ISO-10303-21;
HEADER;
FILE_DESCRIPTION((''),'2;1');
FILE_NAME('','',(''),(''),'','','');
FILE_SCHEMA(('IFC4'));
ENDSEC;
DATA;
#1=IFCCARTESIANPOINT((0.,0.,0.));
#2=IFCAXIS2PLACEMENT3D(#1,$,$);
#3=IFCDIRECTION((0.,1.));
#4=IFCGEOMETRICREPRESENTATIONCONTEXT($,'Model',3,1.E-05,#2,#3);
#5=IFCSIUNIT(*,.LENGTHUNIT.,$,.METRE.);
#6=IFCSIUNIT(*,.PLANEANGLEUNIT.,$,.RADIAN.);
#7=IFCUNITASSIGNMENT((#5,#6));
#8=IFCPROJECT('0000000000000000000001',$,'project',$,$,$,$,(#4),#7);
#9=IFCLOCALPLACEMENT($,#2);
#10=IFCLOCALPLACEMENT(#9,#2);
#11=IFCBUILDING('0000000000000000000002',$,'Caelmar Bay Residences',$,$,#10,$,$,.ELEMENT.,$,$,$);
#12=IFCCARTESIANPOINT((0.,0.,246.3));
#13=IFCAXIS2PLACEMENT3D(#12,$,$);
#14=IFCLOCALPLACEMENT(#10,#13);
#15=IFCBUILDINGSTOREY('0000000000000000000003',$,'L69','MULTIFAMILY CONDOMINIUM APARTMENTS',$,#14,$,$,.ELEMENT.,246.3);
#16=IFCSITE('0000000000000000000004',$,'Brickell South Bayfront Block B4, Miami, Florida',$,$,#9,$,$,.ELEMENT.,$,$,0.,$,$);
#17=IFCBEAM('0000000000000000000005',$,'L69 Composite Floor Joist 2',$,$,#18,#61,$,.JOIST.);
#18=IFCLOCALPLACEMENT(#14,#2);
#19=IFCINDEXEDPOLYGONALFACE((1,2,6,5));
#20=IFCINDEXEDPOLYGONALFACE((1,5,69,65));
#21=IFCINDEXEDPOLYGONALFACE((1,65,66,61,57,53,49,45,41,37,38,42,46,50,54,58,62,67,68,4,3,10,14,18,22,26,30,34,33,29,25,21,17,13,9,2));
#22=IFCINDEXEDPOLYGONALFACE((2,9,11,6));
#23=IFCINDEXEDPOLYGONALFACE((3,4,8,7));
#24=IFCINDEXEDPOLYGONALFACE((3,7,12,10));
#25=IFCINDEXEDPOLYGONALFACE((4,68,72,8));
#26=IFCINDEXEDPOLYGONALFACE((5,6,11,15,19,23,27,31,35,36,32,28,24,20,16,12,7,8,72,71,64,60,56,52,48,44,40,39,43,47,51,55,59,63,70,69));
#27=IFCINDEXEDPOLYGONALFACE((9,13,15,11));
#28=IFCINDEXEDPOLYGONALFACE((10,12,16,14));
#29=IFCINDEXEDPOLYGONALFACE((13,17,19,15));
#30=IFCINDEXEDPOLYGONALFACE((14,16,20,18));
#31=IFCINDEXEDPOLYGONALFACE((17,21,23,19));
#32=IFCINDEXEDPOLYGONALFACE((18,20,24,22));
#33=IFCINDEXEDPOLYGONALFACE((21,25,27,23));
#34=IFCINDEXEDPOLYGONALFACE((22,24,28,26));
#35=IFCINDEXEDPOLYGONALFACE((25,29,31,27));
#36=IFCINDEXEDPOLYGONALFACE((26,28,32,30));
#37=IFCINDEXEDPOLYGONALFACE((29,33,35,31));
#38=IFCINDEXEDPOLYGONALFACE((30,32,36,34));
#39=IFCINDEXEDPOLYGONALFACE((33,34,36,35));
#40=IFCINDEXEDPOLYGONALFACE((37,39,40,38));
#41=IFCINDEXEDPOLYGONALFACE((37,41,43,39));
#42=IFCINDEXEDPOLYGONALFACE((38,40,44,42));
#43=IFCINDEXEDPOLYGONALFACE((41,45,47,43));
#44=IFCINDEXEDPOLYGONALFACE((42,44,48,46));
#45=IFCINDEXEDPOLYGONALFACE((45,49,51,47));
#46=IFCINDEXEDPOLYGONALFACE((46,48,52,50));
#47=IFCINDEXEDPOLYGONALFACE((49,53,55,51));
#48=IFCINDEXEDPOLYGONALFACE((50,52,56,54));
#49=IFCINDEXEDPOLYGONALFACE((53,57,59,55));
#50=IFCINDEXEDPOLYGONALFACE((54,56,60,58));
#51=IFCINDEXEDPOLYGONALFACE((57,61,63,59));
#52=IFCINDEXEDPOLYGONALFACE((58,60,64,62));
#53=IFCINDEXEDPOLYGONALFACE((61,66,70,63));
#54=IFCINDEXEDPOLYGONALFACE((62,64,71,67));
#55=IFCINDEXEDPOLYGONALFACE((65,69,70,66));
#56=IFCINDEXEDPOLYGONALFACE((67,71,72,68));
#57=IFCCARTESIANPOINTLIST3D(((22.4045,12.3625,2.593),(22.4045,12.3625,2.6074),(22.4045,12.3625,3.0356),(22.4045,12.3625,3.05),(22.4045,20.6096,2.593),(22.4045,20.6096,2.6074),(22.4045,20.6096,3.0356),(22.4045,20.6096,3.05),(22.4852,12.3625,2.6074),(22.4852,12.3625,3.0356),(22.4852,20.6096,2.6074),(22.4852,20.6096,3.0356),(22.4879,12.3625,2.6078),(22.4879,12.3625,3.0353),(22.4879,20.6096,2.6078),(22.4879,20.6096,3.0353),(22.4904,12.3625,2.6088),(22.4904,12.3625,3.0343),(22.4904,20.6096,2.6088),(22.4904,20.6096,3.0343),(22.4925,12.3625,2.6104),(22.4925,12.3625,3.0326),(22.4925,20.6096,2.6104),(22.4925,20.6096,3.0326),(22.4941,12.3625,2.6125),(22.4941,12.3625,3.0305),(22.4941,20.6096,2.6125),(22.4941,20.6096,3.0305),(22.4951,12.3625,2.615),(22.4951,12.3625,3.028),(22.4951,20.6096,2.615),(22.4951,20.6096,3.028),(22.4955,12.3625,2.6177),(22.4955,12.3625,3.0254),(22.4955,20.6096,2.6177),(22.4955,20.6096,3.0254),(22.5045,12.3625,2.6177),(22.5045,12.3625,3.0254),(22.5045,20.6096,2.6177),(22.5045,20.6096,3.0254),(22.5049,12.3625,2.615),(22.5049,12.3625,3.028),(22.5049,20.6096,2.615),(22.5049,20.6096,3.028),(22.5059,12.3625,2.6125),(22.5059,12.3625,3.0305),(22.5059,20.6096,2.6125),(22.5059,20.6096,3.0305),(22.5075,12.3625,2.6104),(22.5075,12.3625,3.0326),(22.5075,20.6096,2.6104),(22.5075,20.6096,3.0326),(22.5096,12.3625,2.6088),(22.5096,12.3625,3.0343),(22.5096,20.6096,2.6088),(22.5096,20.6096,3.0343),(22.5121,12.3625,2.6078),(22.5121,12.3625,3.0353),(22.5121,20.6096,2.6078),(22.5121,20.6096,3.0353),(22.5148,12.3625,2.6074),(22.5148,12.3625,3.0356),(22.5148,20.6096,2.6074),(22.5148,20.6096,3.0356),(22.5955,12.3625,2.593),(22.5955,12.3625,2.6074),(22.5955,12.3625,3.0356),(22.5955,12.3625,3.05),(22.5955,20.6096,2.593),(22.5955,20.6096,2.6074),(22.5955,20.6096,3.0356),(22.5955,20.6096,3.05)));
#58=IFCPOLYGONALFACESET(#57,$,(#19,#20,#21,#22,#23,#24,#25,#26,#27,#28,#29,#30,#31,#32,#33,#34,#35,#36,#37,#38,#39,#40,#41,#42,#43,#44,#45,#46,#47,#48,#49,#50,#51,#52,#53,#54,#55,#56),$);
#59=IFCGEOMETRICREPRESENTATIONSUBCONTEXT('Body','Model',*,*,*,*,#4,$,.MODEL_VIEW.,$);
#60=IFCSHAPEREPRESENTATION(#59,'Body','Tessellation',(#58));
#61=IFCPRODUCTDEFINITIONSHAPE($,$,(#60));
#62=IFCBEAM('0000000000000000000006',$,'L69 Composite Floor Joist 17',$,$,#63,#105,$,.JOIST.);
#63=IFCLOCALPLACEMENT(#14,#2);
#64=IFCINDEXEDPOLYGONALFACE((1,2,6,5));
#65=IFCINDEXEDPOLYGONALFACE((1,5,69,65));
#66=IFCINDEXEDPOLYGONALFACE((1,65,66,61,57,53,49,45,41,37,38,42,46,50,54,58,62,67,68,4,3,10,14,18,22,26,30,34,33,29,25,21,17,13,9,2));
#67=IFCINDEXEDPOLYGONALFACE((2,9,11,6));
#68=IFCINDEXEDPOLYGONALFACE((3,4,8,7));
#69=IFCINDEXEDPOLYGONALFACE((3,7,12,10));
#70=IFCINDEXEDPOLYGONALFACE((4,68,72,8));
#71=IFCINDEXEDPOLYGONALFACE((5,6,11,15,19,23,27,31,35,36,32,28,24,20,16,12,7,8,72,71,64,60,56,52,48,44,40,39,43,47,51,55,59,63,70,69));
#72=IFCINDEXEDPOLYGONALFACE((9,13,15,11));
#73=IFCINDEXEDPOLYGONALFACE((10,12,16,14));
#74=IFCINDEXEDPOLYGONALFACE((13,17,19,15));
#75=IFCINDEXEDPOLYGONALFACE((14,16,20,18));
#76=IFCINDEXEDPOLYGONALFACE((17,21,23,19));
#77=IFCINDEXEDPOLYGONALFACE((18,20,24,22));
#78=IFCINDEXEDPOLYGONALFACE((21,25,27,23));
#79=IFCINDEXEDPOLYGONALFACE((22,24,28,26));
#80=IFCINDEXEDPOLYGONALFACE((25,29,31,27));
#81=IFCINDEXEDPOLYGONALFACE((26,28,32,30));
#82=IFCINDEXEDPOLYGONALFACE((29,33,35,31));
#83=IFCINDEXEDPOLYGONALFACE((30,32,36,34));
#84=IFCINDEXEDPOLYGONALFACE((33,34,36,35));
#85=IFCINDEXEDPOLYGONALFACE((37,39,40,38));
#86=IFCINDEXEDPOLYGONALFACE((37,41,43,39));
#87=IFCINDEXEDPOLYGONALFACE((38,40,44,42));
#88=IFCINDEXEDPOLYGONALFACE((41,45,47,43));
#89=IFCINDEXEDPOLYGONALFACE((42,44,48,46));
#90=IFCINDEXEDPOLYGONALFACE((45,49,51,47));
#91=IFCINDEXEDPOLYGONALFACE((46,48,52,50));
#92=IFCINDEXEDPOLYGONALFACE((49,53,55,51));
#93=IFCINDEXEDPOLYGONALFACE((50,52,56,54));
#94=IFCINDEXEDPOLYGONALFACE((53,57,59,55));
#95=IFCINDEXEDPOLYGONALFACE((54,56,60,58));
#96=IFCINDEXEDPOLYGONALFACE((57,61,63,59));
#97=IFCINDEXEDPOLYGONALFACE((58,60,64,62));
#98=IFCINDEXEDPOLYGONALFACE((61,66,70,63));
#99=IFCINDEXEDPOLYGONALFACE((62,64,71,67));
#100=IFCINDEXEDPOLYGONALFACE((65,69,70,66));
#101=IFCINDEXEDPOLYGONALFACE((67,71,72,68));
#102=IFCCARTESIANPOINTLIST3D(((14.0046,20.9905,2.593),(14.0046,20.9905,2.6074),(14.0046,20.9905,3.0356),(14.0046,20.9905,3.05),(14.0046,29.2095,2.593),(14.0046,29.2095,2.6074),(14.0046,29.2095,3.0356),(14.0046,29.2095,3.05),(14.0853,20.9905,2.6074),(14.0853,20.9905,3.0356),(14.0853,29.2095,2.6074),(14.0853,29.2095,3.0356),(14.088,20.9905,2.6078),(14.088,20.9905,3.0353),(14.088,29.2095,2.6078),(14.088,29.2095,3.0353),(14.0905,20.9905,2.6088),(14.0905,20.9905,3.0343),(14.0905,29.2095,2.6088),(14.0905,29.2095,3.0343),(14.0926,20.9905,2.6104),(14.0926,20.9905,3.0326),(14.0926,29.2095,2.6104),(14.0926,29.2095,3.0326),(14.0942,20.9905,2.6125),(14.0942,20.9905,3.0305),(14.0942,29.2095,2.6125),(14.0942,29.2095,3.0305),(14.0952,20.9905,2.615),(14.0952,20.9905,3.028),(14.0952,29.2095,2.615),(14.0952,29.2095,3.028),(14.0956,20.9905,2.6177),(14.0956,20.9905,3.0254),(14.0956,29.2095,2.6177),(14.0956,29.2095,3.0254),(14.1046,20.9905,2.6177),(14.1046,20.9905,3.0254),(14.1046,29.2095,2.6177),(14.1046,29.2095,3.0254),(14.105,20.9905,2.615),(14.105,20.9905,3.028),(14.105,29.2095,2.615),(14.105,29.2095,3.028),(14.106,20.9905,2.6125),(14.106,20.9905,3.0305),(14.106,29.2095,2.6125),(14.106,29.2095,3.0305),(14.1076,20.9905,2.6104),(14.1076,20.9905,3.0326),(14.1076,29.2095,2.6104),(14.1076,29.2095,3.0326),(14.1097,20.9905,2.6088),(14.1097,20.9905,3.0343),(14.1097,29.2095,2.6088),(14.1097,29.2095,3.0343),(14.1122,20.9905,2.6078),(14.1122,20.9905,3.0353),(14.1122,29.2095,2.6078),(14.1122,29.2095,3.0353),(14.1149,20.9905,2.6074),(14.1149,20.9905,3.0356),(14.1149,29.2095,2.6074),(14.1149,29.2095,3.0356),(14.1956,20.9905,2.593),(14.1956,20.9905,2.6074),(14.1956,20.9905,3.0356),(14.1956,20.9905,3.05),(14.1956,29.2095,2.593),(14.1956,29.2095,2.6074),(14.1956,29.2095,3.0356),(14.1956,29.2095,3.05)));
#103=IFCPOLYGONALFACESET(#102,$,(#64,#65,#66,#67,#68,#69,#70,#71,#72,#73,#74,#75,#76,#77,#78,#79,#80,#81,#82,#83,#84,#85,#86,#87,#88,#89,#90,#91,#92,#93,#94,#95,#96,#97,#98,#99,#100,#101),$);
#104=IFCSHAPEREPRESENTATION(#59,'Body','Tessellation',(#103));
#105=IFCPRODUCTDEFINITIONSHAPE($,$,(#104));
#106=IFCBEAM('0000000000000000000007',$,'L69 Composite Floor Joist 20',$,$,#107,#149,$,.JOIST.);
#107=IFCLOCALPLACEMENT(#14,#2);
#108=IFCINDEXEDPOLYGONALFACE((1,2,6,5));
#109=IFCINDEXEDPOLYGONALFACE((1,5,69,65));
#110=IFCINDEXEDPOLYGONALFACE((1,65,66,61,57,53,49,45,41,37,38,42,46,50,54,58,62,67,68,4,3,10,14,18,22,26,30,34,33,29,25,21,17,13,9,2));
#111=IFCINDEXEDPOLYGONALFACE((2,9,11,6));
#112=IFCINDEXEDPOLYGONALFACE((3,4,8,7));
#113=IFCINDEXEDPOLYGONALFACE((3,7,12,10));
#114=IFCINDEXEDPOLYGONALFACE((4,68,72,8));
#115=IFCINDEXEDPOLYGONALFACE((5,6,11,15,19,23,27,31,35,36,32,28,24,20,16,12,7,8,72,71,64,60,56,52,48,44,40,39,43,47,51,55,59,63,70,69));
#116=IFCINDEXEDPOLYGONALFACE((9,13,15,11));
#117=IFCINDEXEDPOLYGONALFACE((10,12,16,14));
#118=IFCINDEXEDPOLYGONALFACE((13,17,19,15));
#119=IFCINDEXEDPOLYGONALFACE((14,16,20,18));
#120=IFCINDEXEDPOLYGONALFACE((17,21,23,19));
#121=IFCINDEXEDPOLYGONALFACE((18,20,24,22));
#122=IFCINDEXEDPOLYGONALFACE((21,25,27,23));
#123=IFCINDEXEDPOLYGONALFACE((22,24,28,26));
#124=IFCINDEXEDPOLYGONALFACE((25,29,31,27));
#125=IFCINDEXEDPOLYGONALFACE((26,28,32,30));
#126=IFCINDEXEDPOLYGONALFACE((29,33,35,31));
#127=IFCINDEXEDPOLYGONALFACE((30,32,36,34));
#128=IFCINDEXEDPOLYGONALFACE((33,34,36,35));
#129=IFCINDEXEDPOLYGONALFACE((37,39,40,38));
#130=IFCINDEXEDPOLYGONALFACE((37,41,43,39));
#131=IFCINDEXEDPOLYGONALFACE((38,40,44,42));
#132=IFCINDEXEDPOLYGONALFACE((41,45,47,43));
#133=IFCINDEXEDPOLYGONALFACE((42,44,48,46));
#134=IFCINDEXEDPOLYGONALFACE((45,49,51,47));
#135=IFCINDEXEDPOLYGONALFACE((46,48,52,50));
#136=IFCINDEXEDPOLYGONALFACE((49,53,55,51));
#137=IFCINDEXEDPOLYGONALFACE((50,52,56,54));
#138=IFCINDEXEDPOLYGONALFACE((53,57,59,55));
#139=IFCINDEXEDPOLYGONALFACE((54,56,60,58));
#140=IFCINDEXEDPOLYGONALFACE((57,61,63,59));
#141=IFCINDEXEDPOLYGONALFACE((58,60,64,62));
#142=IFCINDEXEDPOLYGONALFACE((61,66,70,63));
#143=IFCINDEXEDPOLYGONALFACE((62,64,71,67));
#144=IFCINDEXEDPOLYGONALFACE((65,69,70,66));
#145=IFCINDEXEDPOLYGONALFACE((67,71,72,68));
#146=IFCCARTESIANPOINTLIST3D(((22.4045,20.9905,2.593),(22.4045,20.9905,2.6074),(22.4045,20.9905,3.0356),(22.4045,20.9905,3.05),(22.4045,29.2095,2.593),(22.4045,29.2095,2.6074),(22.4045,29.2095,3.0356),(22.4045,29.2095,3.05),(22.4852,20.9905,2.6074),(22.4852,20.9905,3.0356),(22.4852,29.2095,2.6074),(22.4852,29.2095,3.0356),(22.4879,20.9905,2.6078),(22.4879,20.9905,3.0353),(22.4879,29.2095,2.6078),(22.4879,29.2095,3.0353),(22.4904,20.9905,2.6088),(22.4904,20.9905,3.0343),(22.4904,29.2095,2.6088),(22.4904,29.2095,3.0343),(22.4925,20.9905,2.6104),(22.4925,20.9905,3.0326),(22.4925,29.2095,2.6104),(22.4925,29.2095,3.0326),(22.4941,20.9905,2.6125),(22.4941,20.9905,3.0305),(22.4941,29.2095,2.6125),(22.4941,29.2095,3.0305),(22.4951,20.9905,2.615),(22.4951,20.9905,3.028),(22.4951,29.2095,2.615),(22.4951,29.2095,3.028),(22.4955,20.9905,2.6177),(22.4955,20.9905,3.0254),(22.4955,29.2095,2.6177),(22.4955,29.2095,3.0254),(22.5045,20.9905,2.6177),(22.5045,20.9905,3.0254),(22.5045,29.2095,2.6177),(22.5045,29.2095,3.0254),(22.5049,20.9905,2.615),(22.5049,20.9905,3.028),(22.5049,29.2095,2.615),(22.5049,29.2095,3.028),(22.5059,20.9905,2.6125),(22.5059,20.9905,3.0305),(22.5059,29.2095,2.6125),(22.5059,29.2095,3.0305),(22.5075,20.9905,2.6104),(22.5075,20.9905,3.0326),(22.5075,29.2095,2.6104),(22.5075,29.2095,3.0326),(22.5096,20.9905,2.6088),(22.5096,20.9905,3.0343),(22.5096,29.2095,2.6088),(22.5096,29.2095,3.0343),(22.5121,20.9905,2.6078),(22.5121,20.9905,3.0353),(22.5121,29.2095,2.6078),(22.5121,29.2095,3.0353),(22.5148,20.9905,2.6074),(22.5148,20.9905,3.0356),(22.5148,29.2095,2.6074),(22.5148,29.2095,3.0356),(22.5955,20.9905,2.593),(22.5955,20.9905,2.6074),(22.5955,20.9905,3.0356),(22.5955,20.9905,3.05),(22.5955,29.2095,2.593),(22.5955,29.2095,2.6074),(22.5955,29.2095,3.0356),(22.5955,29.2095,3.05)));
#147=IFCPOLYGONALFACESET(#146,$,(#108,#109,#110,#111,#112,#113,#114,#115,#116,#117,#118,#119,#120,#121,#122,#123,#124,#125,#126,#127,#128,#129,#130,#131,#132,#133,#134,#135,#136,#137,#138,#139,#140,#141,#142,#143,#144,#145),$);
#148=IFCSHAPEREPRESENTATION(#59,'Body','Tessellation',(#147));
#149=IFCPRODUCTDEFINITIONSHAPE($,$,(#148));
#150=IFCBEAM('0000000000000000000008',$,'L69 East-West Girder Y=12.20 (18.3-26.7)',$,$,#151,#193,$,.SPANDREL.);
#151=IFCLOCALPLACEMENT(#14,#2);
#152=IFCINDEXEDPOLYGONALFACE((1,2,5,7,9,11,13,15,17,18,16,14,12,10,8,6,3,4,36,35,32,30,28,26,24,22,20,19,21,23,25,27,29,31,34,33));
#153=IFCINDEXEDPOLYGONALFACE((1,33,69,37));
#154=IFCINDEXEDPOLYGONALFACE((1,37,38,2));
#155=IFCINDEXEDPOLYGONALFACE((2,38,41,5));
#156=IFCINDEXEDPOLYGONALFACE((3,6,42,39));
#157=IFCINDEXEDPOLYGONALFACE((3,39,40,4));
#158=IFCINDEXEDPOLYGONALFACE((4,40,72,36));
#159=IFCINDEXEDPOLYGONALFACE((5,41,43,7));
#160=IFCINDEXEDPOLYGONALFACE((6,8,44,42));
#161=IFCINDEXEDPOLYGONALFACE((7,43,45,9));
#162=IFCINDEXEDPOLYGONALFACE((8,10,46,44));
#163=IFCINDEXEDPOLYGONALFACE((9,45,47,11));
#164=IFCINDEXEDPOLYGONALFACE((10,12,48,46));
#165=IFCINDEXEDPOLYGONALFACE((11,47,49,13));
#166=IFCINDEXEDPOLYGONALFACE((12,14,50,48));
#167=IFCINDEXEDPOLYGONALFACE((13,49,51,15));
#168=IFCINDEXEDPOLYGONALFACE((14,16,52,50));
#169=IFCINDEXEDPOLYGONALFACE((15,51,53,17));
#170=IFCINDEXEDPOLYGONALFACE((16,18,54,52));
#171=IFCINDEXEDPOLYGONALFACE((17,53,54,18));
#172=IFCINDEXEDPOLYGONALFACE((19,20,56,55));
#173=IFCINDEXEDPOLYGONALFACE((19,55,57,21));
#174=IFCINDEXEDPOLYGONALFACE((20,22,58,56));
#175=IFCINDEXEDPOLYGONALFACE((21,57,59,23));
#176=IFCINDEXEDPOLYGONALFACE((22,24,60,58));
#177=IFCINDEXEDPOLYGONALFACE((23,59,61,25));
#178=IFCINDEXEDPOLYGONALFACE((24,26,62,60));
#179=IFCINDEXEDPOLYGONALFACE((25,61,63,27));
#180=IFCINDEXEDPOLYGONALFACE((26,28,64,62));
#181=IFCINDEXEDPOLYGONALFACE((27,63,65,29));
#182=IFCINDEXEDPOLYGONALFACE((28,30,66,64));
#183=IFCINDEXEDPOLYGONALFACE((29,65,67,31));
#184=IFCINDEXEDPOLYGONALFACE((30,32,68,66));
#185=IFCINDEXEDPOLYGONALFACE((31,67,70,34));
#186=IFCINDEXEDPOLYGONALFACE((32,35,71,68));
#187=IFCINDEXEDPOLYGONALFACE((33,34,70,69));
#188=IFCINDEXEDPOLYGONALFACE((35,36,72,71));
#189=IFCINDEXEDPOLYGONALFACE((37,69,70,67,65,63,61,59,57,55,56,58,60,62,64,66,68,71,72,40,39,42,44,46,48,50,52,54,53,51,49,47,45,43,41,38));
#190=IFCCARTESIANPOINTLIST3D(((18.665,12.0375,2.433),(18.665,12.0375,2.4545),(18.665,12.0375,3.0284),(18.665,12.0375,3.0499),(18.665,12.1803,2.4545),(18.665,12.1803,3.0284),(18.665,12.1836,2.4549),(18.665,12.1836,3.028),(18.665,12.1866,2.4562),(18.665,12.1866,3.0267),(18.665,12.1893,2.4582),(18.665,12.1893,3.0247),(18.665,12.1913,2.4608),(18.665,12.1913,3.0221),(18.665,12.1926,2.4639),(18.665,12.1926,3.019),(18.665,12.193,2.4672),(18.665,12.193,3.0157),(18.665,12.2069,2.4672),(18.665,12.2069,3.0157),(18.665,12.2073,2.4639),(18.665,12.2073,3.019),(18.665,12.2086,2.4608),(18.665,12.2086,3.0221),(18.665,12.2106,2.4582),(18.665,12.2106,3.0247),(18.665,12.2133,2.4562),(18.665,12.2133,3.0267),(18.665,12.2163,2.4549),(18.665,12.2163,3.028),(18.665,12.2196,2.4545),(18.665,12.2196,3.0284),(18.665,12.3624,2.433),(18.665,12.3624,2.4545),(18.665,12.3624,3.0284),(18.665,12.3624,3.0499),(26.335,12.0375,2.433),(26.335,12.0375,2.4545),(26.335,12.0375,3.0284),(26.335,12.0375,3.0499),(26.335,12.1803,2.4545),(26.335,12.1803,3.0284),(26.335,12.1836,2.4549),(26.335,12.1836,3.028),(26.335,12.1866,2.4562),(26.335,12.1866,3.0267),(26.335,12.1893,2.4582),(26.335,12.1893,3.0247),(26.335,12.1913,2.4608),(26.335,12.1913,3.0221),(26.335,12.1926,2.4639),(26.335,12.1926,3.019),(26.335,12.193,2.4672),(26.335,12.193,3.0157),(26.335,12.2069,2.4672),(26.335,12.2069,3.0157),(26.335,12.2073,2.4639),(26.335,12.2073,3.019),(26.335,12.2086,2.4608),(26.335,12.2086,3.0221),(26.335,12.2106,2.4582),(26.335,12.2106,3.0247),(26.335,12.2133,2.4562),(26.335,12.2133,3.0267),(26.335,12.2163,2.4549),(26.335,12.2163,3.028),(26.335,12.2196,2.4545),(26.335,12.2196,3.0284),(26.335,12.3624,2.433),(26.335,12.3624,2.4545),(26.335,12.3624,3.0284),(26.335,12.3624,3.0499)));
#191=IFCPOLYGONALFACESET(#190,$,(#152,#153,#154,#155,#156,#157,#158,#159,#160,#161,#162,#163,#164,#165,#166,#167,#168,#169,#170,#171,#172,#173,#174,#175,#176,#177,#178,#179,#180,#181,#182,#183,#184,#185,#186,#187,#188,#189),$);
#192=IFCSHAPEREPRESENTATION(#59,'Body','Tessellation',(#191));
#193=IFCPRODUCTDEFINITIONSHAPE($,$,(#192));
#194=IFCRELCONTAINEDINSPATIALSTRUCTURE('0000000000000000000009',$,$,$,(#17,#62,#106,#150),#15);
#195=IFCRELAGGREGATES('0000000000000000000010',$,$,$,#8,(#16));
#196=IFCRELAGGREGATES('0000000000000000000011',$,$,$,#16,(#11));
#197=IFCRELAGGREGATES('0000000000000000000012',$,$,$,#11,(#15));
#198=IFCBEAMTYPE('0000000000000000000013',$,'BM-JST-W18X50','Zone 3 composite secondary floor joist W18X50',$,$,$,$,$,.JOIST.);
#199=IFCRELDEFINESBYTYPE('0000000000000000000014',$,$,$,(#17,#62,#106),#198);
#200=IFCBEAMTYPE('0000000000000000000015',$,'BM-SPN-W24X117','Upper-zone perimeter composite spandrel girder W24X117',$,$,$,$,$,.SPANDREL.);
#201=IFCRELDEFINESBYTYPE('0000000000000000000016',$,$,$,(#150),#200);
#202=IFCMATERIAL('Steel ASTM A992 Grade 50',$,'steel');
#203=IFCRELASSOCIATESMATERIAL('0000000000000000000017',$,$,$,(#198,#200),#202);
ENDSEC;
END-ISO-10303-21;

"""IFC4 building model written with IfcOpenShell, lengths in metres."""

from ifc_helpers import new_model, si_unit, direction, frame, origin, origin_2d, place, context, subcontext, project, spatial, i_section, extrude, material, material_profile, profile_set, type_object, element, save


model = new_model("IFC4")

# Units and contexts
model_context = context("Model", 3, precision=1e-05, world=origin(), true_north=direction((0.0, 1.0)))
body_context = subcontext(model_context, "Body", "Model", "MODEL_VIEW")
ifc_project = project(units=[si_unit("LENGTHUNIT", "METRE"), si_unit("PLANEANGLEUNIT", "RADIAN")], contexts=[model_context])

# Site, building, storey
site_placement = place(None, origin())
site = spatial("IfcSite", under=ifc_project, at=site_placement, Name="Brickell South Bayfront Block B4, Miami, Florida", CompositionType="ELEMENT", RefElevation=0.0)
building_placement = place(site_placement, origin())
building = spatial("IfcBuilding", under=site, at=building_placement, Name="Caelmar Bay Residences", CompositionType="ELEMENT")
storey_placement = place(building_placement, frame((0.0, 0.0, 246.3)))
storey = spatial("IfcBuildingStorey", under=building, at=storey_placement, Name="L69", Description="MULTIFAMILY CONDOMINIUM APARTMENTS", CompositionType="ELEMENT", Elevation=246.3)

# Beams
ifc_material_1 = material(Name="Steel ASTM A992 Grade 50", Category="steel")
ifc_material_profile_1 = material_profile(ifc_material_1, i_section(OverallWidth=0.1909, OverallDepth=0.457, WebThickness=0.009, FlangeThickness=0.0144, FilletRadius=0.0103, at=origin_2d()), Name="W18X50")
ifc_profile_set_1 = profile_set([ifc_material_profile_1], Name="Steel ASTM A992 Grade 50")
beam_type_1 = type_object("IfcBeamType", Name="BM-JST-W18X50", Description="Zone 3 composite secondary floor joist W18X50", PredefinedType="JOIST", material=ifc_profile_set_1)
beam_1_placement = place(storey_placement, frame((22.5, 12.3625, 2.8215), z_axis=(0.0, 1.0, 0.0), x_axis=(-1.0, 0.0, 0.0)))
element("IfcBeam", 1, at=beam_1_placement, inside=storey, type_object=beam_type_1, Name="L69 Composite Floor Joist 2", PredefinedType="JOIST", context=body_context, shape_type="SweptSolid", body=[
    extrude(i_section(OverallWidth=0.1909, OverallDepth=0.457, WebThickness=0.009, FlangeThickness=0.0144, FilletRadius=0.0103, at=origin_2d()), origin(), (0.0, 0.0, 1.0), 8.2471),
])
for number, where, z_axis, x_axis, name in (
    (2, (14.1001, 20.9905, 2.8215), (0.0, 1.0, 0.0), (-1.0, 0.0, 0.0), "L69 Composite Floor Joist 17"),
    (3, (22.5, 20.9905, 2.8215), (0.0, 1.0, 0.0), (-1.0, 0.0, 0.0), "L69 Composite Floor Joist 20"),
):
    element("IfcBeam", number, at=place(storey_placement, frame(where, z_axis=z_axis, x_axis=x_axis)), inside=storey, type_object=beam_type_1, Name=name, PredefinedType="JOIST", context=body_context, shape_type="SweptSolid", body=[
        extrude(i_section(OverallWidth=0.1909, OverallDepth=0.457, WebThickness=0.009, FlangeThickness=0.0144, FilletRadius=0.0103, at=origin_2d()), origin(), (0.0, 0.0, 1.0), 8.219),
    ])
ifc_material_profile_2 = material_profile(ifc_material_1, i_section(OverallWidth=0.325, OverallDepth=0.6169, WebThickness=0.0139, FlangeThickness=0.0215, FilletRadius=0.0127, at=origin_2d()), Name="W24X117")
ifc_profile_set_2 = profile_set([ifc_material_profile_2], Name="Steel ASTM A992 Grade 50")
beam_type_2 = type_object("IfcBeamType", Name="BM-SPN-W24X117", Description="Upper-zone perimeter composite spandrel girder W24X117", PredefinedType="SPANDREL", material=ifc_profile_set_2)
beam_2_placement = place(storey_placement, frame((18.665, 12.2, 2.7415), z_axis=(1.0, 0.0, 0.0), x_axis=(0.0, 1.0, 0.0)))
element("IfcBeam", 4, at=beam_2_placement, inside=storey, type_object=beam_type_2, Name="L69 East-West Girder Y=12.20 (18.3-26.7)", PredefinedType="SPANDREL", context=body_context, shape_type="SweptSolid", body=[
    extrude(i_section(OverallWidth=0.325, OverallDepth=0.6169, WebThickness=0.0139, FlangeThickness=0.0215, FilletRadius=0.0127, at=origin_2d()), origin(), (0.0, 0.0, 1.0), 7.6699),
])

save(model, "model.ifc")
